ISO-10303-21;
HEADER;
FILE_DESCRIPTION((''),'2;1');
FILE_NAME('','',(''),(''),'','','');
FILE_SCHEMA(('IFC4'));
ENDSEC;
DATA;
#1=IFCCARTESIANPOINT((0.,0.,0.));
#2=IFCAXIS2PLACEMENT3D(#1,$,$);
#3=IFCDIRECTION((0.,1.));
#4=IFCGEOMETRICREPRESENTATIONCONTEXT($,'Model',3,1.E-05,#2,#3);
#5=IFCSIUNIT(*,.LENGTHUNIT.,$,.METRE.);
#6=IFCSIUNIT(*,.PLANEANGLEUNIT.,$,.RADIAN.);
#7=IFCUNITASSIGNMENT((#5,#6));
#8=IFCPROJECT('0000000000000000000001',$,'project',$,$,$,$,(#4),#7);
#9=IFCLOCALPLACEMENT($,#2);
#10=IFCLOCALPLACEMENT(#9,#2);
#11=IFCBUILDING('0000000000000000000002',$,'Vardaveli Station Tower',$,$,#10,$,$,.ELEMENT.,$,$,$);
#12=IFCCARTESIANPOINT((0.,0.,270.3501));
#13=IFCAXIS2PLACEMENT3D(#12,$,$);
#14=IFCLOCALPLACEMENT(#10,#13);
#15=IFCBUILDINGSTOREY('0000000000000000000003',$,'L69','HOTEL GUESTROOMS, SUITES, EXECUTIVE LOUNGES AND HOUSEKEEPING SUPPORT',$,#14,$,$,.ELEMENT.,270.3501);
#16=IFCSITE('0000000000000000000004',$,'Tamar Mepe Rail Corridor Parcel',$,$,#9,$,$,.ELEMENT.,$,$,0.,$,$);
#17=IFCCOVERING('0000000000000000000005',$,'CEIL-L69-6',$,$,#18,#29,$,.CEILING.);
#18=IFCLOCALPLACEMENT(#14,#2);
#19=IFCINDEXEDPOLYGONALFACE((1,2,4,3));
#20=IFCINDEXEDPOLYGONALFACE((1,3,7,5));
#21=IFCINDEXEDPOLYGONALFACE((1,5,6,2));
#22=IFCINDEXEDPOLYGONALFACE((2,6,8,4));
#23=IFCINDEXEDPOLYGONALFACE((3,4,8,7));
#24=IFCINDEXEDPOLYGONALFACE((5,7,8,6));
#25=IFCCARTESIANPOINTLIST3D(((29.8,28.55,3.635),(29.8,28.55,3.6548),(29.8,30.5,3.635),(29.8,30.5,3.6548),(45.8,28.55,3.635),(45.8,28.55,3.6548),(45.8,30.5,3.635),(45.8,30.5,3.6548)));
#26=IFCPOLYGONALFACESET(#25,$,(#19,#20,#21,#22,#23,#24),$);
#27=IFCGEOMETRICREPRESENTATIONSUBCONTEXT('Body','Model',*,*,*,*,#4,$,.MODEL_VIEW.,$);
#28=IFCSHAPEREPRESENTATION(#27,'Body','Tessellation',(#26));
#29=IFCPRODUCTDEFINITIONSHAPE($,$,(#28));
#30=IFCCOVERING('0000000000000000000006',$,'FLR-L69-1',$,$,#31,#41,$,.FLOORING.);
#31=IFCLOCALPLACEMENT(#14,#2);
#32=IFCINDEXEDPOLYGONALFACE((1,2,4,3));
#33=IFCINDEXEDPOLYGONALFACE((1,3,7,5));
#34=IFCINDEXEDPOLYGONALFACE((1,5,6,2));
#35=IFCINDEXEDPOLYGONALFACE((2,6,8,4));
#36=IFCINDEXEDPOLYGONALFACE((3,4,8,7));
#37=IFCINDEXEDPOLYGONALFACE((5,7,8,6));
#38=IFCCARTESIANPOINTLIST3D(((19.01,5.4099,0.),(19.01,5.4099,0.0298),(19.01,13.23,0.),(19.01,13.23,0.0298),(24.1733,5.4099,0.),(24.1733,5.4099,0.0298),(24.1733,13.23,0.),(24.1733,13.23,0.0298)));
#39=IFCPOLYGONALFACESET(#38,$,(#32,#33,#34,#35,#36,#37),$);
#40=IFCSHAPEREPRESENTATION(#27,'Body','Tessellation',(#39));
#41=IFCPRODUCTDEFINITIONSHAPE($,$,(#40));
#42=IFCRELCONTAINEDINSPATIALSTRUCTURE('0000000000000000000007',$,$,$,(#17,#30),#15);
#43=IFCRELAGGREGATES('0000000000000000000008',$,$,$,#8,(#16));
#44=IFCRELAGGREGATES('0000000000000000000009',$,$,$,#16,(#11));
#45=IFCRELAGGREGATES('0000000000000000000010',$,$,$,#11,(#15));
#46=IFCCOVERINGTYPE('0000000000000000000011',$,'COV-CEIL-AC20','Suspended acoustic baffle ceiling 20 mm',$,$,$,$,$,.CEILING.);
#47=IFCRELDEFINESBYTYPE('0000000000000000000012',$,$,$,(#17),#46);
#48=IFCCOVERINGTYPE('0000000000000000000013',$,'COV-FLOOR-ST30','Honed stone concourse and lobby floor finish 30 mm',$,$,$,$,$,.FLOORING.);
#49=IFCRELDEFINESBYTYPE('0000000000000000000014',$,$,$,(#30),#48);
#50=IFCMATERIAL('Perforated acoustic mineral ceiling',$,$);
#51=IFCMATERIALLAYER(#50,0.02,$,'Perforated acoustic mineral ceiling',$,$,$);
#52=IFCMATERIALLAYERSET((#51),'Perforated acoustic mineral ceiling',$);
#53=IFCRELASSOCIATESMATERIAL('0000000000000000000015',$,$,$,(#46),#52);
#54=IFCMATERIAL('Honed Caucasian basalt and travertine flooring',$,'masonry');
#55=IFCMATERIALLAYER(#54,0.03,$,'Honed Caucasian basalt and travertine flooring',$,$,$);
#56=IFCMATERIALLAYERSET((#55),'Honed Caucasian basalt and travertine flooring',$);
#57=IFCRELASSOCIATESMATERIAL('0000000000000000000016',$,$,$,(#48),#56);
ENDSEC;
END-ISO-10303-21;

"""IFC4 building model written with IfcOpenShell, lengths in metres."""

from ifc_helpers import new_model, si_unit, direction, frame, origin, place, context, subcontext, project, spatial, polyline, outline, extrude, material, layer, layer_set, type_object, element, save


model = new_model("IFC4")

# Units and contexts
model_context = context("Model", 3, precision=1e-05, world=origin(), true_north=direction((0.0, 1.0)))
body_context = subcontext(model_context, "Body", "Model", "MODEL_VIEW")
ifc_project = project(units=[si_unit("LENGTHUNIT", "METRE"), si_unit("PLANEANGLEUNIT", "RADIAN")], contexts=[model_context])

# Site, building, storey
site_placement = place(None, origin())
site = spatial("IfcSite", under=ifc_project, at=site_placement, Name="Tamar Mepe Rail Corridor Parcel", CompositionType="ELEMENT", RefElevation=0.0)
building_placement = place(site_placement, origin())
building = spatial("IfcBuilding", under=site, at=building_placement, Name="Vardaveli Station Tower", CompositionType="ELEMENT")
storey_placement = place(building_placement, frame((0.0, 0.0, 270.3501)))
storey = spatial("IfcBuildingStorey", under=building, at=storey_placement, Name="L69", Description="HOTEL GUESTROOMS, SUITES, EXECUTIVE LOUNGES AND HOUSEKEEPING SUPPORT", CompositionType="ELEMENT", Elevation=270.3501)

# Coverings
ifc_material_1 = material(Name="Perforated acoustic mineral ceiling")
ifc_layer_1 = layer(ifc_material_1, 0.02, Name="Perforated acoustic mineral ceiling")
ifc_layer_set_1 = layer_set([ifc_layer_1], Name="Perforated acoustic mineral ceiling")
covering_type_1 = type_object("IfcCoveringType", Name="COV-CEIL-AC20", Description="Suspended acoustic baffle ceiling 20 mm", PredefinedType="CEILING", material=ifc_layer_set_1)
covering_1_placement = place(storey_placement, frame((0.0, 0.0, 3.635)))
element("IfcCovering", 1, at=covering_1_placement, inside=storey, type_object=covering_type_1, Name="CEIL-L69-6", PredefinedType="CEILING", context=body_context, shape_type="SweptSolid", body=[
    extrude(outline(polyline([(29.8, 28.55), (45.8, 28.55), (45.8, 30.5), (29.8, 30.5), (29.8, 28.55)])), origin(), (0.0, 0.0, 1.0), 0.0198),
])
ifc_material_2 = material(Name="Honed Caucasian basalt and travertine flooring", Category="masonry")
ifc_layer_2 = layer(ifc_material_2, 0.03, Name="Honed Caucasian basalt and travertine flooring")
ifc_layer_set_2 = layer_set([ifc_layer_2], Name="Honed Caucasian basalt and travertine flooring")
covering_type_2 = type_object("IfcCoveringType", Name="COV-FLOOR-ST30", Description="Honed stone concourse and lobby floor finish 30 mm", PredefinedType="FLOORING", material=ifc_layer_set_2)
covering_2_placement = place(storey_placement, origin())
element("IfcCovering", 2, at=covering_2_placement, inside=storey, type_object=covering_type_2, Name="FLR-L69-1", PredefinedType="FLOORING", context=body_context, shape_type="SweptSolid", body=[
    extrude(outline(polyline([(19.01, 5.4099), (24.1733, 5.4099), (24.1733, 13.23), (19.01, 13.23), (19.01, 5.4099)])), origin(), (0.0, 0.0, 1.0), 0.0298),
])

save(model, "model.ifc")
